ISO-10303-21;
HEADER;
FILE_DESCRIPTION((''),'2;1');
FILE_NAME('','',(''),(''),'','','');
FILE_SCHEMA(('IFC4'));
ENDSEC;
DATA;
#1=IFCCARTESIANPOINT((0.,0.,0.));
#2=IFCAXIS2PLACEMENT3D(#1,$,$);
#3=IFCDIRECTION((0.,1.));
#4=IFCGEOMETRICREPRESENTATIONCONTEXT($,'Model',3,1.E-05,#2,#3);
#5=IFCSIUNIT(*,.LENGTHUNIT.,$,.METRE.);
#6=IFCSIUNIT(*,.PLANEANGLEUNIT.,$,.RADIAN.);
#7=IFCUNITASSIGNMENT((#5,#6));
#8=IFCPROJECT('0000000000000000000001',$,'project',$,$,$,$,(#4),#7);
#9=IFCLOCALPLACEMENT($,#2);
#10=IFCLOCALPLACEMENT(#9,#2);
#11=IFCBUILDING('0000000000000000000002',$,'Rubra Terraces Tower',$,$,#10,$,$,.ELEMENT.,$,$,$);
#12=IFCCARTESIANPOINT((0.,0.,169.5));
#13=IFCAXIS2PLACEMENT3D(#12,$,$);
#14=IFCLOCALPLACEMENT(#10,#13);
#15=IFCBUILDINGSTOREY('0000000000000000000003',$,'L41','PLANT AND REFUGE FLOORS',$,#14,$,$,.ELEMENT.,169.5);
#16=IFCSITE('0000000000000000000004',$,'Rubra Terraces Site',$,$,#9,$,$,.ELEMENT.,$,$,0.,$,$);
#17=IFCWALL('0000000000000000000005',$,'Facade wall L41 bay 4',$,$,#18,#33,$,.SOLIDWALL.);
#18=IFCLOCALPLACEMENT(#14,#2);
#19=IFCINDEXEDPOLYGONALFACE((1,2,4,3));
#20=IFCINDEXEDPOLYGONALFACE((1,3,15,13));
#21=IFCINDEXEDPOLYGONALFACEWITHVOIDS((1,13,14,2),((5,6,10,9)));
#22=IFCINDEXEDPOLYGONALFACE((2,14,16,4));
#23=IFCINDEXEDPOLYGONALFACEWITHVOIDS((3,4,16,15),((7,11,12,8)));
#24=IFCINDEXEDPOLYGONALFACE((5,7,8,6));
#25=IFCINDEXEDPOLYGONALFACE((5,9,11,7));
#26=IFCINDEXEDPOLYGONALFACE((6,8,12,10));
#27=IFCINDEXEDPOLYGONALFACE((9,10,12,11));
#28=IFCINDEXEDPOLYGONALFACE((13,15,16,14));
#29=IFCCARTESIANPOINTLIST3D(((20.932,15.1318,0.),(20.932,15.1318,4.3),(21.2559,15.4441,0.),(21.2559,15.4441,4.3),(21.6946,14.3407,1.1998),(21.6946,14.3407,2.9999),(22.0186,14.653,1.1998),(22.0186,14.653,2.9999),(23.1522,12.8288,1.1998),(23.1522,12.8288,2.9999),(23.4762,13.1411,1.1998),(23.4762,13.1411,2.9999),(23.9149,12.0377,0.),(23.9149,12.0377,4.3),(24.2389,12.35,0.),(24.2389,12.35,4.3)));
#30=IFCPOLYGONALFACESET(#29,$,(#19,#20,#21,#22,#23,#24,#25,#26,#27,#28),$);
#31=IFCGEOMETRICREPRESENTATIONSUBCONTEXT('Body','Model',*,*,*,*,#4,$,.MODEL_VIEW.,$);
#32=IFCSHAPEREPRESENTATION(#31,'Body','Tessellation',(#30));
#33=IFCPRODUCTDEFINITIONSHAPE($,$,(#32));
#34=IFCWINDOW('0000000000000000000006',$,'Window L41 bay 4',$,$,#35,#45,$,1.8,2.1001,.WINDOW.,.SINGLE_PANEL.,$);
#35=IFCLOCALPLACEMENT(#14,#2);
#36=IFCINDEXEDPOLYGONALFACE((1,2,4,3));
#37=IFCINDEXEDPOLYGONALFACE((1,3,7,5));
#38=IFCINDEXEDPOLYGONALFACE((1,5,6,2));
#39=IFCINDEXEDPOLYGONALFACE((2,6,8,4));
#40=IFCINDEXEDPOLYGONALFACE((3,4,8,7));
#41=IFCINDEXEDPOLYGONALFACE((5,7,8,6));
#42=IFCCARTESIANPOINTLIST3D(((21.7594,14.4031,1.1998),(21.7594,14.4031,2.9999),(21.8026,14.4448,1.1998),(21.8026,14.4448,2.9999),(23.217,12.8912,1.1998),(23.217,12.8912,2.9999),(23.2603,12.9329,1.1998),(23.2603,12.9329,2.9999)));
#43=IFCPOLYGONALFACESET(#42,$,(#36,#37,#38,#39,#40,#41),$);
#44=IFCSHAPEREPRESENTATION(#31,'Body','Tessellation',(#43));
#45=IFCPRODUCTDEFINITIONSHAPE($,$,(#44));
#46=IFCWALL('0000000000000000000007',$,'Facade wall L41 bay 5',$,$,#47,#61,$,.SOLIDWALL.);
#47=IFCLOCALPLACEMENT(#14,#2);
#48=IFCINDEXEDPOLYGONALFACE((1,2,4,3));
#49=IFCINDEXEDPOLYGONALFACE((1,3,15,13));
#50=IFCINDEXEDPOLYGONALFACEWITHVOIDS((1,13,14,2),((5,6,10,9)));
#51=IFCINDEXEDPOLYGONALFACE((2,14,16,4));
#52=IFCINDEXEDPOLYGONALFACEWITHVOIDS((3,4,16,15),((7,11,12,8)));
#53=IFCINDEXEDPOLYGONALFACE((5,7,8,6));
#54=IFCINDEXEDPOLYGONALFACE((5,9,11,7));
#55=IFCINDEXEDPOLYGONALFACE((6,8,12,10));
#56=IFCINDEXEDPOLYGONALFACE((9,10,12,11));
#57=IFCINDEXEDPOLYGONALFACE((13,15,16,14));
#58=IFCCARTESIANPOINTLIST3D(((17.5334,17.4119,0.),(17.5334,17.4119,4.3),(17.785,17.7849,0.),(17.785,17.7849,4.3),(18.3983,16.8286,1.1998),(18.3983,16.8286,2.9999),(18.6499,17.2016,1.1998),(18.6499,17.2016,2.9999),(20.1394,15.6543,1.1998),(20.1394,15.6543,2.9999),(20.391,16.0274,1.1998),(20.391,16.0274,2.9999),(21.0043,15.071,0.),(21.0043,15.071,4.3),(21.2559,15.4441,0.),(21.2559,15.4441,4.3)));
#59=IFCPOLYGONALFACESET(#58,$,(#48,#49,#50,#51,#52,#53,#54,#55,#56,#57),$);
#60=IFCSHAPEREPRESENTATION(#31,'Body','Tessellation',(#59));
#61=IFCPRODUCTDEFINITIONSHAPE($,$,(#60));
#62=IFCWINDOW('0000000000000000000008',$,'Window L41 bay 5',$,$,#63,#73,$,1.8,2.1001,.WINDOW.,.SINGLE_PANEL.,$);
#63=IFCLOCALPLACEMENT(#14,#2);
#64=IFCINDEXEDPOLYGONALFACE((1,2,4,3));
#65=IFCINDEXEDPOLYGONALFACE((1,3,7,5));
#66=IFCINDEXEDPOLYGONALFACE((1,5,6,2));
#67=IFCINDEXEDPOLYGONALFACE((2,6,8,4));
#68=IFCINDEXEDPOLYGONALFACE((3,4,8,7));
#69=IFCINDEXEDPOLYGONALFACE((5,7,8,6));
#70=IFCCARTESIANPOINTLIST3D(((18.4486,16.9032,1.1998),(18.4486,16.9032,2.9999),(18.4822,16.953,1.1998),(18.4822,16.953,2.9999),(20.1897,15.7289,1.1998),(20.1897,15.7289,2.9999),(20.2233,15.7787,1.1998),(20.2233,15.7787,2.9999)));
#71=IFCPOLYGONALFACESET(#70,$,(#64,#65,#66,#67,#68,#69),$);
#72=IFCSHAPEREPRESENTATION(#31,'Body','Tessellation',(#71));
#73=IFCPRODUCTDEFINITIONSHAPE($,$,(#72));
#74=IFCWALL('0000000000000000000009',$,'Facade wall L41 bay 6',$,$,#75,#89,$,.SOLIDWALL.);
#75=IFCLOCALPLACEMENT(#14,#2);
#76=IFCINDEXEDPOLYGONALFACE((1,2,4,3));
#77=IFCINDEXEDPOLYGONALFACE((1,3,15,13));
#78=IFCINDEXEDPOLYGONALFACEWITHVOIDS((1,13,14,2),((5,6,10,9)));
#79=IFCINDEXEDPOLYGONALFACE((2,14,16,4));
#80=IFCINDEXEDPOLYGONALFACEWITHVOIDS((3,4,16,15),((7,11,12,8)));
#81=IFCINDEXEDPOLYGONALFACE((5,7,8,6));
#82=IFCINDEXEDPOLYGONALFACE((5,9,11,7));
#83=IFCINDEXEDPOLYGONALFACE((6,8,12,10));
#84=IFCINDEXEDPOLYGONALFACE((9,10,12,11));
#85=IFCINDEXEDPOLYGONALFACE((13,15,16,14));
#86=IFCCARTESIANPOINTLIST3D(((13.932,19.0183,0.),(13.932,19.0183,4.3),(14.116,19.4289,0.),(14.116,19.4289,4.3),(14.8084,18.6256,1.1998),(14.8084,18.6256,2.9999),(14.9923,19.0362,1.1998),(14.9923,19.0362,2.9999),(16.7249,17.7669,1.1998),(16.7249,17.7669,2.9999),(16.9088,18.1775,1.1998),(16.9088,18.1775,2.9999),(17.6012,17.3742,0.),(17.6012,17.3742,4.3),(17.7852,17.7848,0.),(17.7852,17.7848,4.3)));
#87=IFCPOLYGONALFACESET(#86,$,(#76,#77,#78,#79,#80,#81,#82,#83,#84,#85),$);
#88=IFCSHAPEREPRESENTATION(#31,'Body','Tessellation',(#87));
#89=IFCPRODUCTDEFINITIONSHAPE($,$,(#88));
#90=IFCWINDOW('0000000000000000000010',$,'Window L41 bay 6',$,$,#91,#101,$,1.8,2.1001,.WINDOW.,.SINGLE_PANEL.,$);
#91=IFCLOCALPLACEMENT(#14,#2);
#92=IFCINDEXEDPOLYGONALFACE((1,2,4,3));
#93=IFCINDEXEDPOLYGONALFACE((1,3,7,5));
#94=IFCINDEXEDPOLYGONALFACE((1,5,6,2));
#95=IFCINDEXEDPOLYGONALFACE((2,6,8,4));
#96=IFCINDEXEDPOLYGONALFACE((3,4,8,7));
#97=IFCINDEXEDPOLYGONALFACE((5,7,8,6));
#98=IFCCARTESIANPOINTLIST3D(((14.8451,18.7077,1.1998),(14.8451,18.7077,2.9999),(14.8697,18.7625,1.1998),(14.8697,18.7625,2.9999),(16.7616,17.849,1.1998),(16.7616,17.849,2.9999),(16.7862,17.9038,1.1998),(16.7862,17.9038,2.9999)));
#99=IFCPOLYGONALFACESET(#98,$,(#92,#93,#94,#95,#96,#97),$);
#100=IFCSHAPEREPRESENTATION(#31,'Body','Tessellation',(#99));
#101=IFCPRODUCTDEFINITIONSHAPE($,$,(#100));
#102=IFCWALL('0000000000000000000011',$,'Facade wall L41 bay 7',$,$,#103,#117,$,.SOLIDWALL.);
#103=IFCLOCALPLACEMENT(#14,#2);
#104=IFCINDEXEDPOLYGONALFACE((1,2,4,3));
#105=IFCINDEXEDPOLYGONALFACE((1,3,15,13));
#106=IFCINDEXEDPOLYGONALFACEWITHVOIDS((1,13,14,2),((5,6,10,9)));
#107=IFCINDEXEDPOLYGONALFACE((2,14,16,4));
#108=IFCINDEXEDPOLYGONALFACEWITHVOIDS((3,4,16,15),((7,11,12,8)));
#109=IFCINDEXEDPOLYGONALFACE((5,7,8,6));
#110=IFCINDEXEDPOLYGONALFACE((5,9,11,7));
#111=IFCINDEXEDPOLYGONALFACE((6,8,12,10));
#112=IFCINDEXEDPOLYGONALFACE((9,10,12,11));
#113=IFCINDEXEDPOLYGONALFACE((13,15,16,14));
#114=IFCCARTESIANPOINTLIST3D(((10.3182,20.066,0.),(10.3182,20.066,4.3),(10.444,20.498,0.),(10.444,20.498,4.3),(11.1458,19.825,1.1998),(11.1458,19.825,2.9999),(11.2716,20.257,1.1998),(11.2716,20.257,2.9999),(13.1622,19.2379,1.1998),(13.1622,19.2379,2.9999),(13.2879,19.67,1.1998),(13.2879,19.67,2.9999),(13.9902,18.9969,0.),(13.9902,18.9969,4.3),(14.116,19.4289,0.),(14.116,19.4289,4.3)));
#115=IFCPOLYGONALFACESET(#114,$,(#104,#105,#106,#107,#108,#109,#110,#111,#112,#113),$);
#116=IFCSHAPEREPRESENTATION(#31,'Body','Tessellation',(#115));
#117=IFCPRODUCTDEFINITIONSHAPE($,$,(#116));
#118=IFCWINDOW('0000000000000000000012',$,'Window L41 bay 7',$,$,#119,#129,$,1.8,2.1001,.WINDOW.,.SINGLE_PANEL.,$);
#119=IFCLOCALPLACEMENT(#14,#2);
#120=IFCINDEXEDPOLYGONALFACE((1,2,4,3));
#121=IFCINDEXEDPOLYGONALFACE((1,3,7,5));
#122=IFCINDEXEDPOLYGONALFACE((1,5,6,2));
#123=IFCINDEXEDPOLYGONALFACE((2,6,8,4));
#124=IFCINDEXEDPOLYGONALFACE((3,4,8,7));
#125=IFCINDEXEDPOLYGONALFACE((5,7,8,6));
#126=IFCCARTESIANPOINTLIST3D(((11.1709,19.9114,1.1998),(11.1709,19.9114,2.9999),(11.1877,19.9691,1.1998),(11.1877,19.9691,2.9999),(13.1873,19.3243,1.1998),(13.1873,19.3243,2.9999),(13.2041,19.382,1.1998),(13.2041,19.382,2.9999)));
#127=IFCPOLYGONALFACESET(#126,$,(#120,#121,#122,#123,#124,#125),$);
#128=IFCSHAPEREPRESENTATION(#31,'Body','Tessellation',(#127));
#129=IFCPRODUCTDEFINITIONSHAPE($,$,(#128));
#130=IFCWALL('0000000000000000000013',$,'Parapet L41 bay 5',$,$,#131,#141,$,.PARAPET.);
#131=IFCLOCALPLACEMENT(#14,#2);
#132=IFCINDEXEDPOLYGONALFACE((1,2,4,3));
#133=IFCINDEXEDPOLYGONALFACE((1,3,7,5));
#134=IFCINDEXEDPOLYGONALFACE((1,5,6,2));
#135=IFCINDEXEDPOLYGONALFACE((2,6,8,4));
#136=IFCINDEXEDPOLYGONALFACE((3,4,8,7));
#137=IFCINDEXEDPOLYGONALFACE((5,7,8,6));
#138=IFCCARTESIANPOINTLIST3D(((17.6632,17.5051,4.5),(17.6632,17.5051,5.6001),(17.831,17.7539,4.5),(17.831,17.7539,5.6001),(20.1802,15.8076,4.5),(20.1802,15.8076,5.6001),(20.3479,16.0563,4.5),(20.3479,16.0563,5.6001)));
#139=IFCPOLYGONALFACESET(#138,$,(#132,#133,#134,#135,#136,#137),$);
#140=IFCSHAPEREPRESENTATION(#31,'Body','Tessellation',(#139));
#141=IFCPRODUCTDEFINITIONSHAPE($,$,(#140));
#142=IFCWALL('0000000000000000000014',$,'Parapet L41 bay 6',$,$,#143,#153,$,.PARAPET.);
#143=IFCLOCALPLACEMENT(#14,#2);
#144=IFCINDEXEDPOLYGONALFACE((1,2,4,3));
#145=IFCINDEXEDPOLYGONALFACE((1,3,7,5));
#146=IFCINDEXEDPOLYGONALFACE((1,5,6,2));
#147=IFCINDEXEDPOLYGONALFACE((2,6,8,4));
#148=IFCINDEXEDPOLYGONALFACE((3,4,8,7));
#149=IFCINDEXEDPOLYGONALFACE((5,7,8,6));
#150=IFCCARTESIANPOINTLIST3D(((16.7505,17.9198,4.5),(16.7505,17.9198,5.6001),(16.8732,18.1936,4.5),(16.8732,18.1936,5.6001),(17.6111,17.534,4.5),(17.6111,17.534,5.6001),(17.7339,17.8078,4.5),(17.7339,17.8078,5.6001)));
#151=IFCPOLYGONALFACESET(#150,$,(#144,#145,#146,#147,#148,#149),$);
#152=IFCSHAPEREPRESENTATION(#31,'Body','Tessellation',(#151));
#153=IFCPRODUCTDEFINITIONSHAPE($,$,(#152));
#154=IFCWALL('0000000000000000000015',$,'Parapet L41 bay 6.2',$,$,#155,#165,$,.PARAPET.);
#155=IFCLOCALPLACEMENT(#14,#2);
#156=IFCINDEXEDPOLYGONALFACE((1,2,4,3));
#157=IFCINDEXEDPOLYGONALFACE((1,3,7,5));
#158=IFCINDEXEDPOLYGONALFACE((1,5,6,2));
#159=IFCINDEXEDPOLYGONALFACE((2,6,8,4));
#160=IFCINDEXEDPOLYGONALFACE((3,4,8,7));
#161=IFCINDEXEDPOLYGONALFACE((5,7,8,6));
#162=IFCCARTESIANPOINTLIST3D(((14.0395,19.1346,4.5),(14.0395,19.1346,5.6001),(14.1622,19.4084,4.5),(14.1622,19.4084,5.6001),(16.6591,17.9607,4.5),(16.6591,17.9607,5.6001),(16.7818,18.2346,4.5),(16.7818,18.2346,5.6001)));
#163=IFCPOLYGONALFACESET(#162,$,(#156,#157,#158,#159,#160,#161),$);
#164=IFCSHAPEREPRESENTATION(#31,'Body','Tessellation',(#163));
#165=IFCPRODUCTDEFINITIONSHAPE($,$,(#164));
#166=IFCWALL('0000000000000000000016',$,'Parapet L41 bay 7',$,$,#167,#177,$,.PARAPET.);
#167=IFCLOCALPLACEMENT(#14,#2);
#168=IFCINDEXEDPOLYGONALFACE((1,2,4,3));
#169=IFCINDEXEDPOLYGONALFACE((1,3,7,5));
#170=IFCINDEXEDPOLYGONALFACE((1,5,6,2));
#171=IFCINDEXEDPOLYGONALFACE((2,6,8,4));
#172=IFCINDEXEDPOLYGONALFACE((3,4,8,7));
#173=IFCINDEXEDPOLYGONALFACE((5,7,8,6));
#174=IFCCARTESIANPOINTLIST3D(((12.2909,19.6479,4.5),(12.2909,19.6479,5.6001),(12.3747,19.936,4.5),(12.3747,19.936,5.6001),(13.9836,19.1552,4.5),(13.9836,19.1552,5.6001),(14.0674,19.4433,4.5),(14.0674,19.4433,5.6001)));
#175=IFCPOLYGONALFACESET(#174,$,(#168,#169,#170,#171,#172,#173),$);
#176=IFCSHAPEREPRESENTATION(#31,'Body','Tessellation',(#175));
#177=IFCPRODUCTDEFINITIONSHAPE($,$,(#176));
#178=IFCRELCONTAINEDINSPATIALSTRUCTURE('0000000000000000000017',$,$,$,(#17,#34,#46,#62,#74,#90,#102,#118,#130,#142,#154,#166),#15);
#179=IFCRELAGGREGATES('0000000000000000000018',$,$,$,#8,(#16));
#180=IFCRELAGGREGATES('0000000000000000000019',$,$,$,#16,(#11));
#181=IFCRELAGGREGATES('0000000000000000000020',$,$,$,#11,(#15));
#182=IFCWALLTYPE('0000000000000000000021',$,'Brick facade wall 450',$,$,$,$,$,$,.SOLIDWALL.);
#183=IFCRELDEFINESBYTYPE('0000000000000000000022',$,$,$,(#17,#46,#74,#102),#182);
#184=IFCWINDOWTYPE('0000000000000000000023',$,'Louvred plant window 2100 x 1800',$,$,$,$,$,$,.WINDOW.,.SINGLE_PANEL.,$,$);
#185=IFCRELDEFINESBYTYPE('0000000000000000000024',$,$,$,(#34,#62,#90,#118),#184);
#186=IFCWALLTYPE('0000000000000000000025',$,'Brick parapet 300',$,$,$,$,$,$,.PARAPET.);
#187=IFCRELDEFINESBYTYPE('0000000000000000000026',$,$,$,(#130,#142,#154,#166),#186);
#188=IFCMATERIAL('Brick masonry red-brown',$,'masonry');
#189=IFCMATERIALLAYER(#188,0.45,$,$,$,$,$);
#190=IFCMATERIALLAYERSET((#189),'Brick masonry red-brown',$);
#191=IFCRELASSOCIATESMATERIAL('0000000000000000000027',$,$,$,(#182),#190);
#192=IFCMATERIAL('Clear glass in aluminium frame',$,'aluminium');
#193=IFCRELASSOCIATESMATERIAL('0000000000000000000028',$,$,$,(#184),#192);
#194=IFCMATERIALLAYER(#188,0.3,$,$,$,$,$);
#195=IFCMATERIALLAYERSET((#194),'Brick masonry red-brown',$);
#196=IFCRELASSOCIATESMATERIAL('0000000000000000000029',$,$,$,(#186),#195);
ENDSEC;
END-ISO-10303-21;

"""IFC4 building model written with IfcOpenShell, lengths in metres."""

from ifc_helpers import new_model, si_unit, direction, frame, frame_2d, origin, place, context, subcontext, project, spatial, rectangle, extrude, material, layer, layer_set, type_object, element, fill, save


model = new_model("IFC4")

# Units and contexts
model_context = context("Model", 3, precision=1e-05, world=origin(), true_north=direction((0.0, 1.0)))
body_context = subcontext(model_context, "Body", "Model", "MODEL_VIEW")
ifc_project = project(units=[si_unit("LENGTHUNIT", "METRE"), si_unit("PLANEANGLEUNIT", "RADIAN")], contexts=[model_context])

# Site, building, storey
site_placement = place(None, origin())
site = spatial("IfcSite", under=ifc_project, at=site_placement, Name="Rubra Terraces Site", CompositionType="ELEMENT", RefElevation=0.0)
building_placement = place(site_placement, origin())
building = spatial("IfcBuilding", under=site, at=building_placement, Name="Rubra Terraces Tower", CompositionType="ELEMENT")
storey_placement = place(building_placement, frame((0.0, 0.0, 169.5)))
storey = spatial("IfcBuildingStorey", under=building, at=storey_placement, Name="L41", Description="PLANT AND REFUGE FLOORS", CompositionType="ELEMENT", Elevation=169.5)

# Walls, openings, windows
ifc_material_1 = material(Name="Brick masonry red-brown", Category="masonry")
ifc_layer_1 = layer(ifc_material_1, 0.45)
ifc_layer_set_1 = layer_set([ifc_layer_1], Name="Brick masonry red-brown")
wall_type_1 = type_object("IfcWallType", Name="Brick facade wall 450", PredefinedType="SOLIDWALL", material=ifc_layer_set_1)
wall_1_placement = place(storey_placement, frame((24.0769, 12.1938, 0.0), z_axis=(0.0, 0.0, 1.0), x_axis=(-0.694065, 0.719912, 0.0)))
wall_1 = element("IfcWall", 1, at=wall_1_placement, inside=storey, type_object=wall_type_1, Name="Facade wall L41 bay 4", PredefinedType="SOLIDWALL", context=body_context, shape_type="SweptSolid", body=[
    extrude(rectangle(XDim=4.2979, YDim=0.45, at=frame_2d((2.1489, 0.0))), origin(), (0.0, 0.0, 1.0), 4.3),
])
opening_1_placement = place(wall_1_placement, frame((1.0989, 0.0, 1.2)))
opening_1 = element("IfcOpeningElement", 2, at=opening_1_placement, cuts=wall_1, PredefinedType="OPENING", context=body_context, shape_type="SweptSolid", body=[
    extrude(rectangle(XDim=2.1001, YDim=1.8, at=frame_2d((1.05, 0.8999))), frame((0.0, 0.2349, 0.0), z_axis=(0.0, -1.0, 0.0), x_axis=(1.0, 0.0, 0.0)), (0.0, 0.0, 1.0), 0.47),
])
ifc_material_2 = material(Name="Clear glass in aluminium frame", Category="aluminium")
window_type = type_object("IfcWindowType", Name="Louvred plant window 2100 x 1800", PartitioningType="SINGLE_PANEL", PredefinedType="WINDOW", material=ifc_material_2)
window_1_placement = place(opening_1_placement, origin())
window_1 = element("IfcWindow", 3, at=window_1_placement, inside=storey, type_object=window_type, Name="Window L41 bay 4", OverallHeight=1.8, OverallWidth=2.1001, PartitioningType="SINGLE_PANEL", PredefinedType="WINDOW", context=body_context, shape_type="SweptSolid", body=[
    extrude(rectangle(XDim=2.1001, YDim=1.8, at=frame_2d((1.05, 0.8999))), frame((0.0, 0.135, 0.0), z_axis=(0.0, -1.0, 0.0), x_axis=(1.0, 0.0, 0.0)), (0.0, 0.0, 1.0), 0.0601),
])
fill(opening_1, window_1)
wall_2_placement = place(storey_placement, frame((21.1301, 15.2576, 0.0), z_axis=(0.0, 0.0, 1.0), x_axis=(-0.829078, 0.559133, 0.0)))
wall_2 = element("IfcWall", 4, at=wall_2_placement, inside=storey, type_object=wall_type_1, Name="Facade wall L41 bay 5", PredefinedType="SOLIDWALL", context=body_context, shape_type="SweptSolid", body=[
    extrude(rectangle(XDim=4.1865, YDim=0.45, at=frame_2d((2.0933, 0.0))), origin(), (0.0, 0.0, 1.0), 4.3),
])
opening_2_placement = place(wall_2_placement, frame((1.0432, 0.0, 1.2)))
opening_2 = element("IfcOpeningElement", 5, at=opening_2_placement, cuts=wall_2, PredefinedType="OPENING", context=body_context, shape_type="SweptSolid", body=[
    extrude(rectangle(XDim=2.1001, YDim=1.8, at=frame_2d((1.05, 0.8999))), frame((0.0, 0.2349, 0.0), z_axis=(0.0, -1.0, 0.0), x_axis=(1.0, 0.0, 0.0)), (0.0, 0.0, 1.0), 0.47),
])
window_2_placement = place(opening_2_placement, origin())
window_2 = element("IfcWindow", 6, at=window_2_placement, inside=storey, type_object=window_type, Name="Window L41 bay 5", OverallHeight=1.8, OverallWidth=2.1001, PartitioningType="SINGLE_PANEL", PredefinedType="WINDOW", context=body_context, shape_type="SweptSolid", body=[
    extrude(rectangle(XDim=2.1001, YDim=1.8, at=frame_2d((1.05, 0.8999))), frame((0.0, 0.135, 0.0), z_axis=(0.0, -1.0, 0.0), x_axis=(1.0, 0.0, 0.0)), (0.0, 0.0, 1.0), 0.0601),
])
fill(opening_2, window_2)
wall_3_placement = place(storey_placement, frame((17.6931, 17.5796, 0.0), z_axis=(0.0, 0.0, 1.0), x_axis=(-0.91258, 0.408897, 0.0)))
wall_3 = element("IfcWall", 7, at=wall_3_placement, inside=storey, type_object=wall_type_1, Name="Facade wall L41 bay 6", PredefinedType="SOLIDWALL", context=body_context, shape_type="SweptSolid", body=[
    extrude(rectangle(XDim=4.0208, YDim=0.45, at=frame_2d((2.0103, 0.0))), origin(), (0.0, 0.0, 1.0), 4.3),
])
opening_3_placement = place(wall_3_placement, frame((0.9602, 0.0, 1.2)))
opening_3 = element("IfcOpeningElement", 8, at=opening_3_placement, cuts=wall_3, PredefinedType="OPENING", context=body_context, shape_type="SweptSolid", body=[
    extrude(rectangle(XDim=2.1001, YDim=1.8, at=frame_2d((1.05, 0.8999))), frame((0.0, 0.2349, 0.0), z_axis=(0.0, -1.0, 0.0), x_axis=(1.0, 0.0, 0.0)), (0.0, 0.0, 1.0), 0.47),
])
window_3_placement = place(opening_3_placement, origin())
window_3 = element("IfcWindow", 9, at=window_3_placement, inside=storey, type_object=window_type, Name="Window L41 bay 6", OverallHeight=1.8, OverallWidth=2.1001, PartitioningType="SINGLE_PANEL", PredefinedType="WINDOW", context=body_context, shape_type="SweptSolid", body=[
    extrude(rectangle(XDim=2.1001, YDim=1.8, at=frame_2d((1.05, 0.8999))), frame((0.0, 0.135, 0.0), z_axis=(0.0, -1.0, 0.0), x_axis=(1.0, 0.0, 0.0)), (0.0, 0.0, 1.0), 0.0601),
])
fill(opening_3, window_3)
wall_4_placement = place(storey_placement, frame((14.053, 19.2129, 0.0), z_axis=(0.0, 0.0, 1.0), x_axis=(-0.960131, 0.279549, 0.0)))
wall_4 = element("IfcWall", 10, at=wall_4_placement, inside=storey, type_object=wall_type_1, Name="Facade wall L41 bay 7", PredefinedType="SOLIDWALL", context=body_context, shape_type="SweptSolid", body=[
    extrude(rectangle(XDim=3.8245, YDim=0.45, at=frame_2d((1.9121, 0.0))), origin(), (0.0, 0.0, 1.0), 4.3),
])
opening_4_placement = place(wall_4_placement, frame((0.8623, 0.0, 1.2)))
opening_4 = element("IfcOpeningElement", 11, at=opening_4_placement, cuts=wall_4, PredefinedType="OPENING", context=body_context, shape_type="SweptSolid", body=[
    extrude(rectangle(XDim=2.1001, YDim=1.8, at=frame_2d((1.05, 0.8999))), frame((0.0, 0.2349, 0.0), z_axis=(0.0, -1.0, 0.0), x_axis=(1.0, 0.0, 0.0)), (0.0, 0.0, 1.0), 0.47),
])
window_4_placement = place(opening_4_placement, origin())
window_4 = element("IfcWindow", 12, at=window_4_placement, inside=storey, type_object=window_type, Name="Window L41 bay 7", OverallHeight=1.8, OverallWidth=2.1001, PartitioningType="SINGLE_PANEL", PredefinedType="WINDOW", context=body_context, shape_type="SweptSolid", body=[
    extrude(rectangle(XDim=2.1001, YDim=1.8, at=frame_2d((1.05, 0.8999))), frame((0.0, 0.135, 0.0), z_axis=(0.0, -1.0, 0.0), x_axis=(1.0, 0.0, 0.0)), (0.0, 0.0, 1.0), 0.0601),
])
fill(opening_4, window_4)

# Walls
ifc_layer_2 = layer(ifc_material_1, 0.3)
ifc_layer_set_2 = layer_set([ifc_layer_2], Name="Brick masonry red-brown")
wall_type_2 = type_object("IfcWallType", Name="Brick parapet 300", PredefinedType="PARAPET", material=ifc_layer_set_2)
wall_5_placement = place(storey_placement, frame((20.2642, 15.9319, 4.5), z_axis=(0.0, 0.0, 1.0), x_axis=(-0.829057, 0.559165, 0.0)))
element("IfcWall", 13, at=wall_5_placement, inside=storey, type_object=wall_type_2, Name="Parapet L41 bay 5", PredefinedType="PARAPET", context=body_context, shape_type="SweptSolid", body=[
    extrude(rectangle(XDim=3.0359, YDim=0.3, at=frame_2d((1.5181, 0.0))), origin(), (0.0, 0.0, 1.0), 1.1001),
])
wall_6_placement = place(storey_placement, frame((17.6726, 17.6709, 4.5), z_axis=(0.0, 0.0, 1.0), x_axis=(-0.912526, 0.409019, 0.0)))
element("IfcWall", 14, at=wall_6_placement, inside=storey, type_object=wall_type_2, Name="Parapet L41 bay 6", PredefinedType="PARAPET", context=body_context, shape_type="SweptSolid", body=[
    extrude(rectangle(XDim=0.9431, YDim=0.3, at=frame_2d((0.4717, 0.0))), origin(), (0.0, 0.0, 1.0), 1.1001),
])
wall_7_placement = place(storey_placement, frame((16.7205, 18.0977, 4.5), z_axis=(0.0, 0.0, 1.0), x_axis=(-0.912573, 0.408914, 0.0)))
element("IfcWall", 15, at=wall_7_placement, inside=storey, type_object=wall_type_2, Name="Parapet L41 bay 6.2", PredefinedType="PARAPET", context=body_context, shape_type="SweptSolid", body=[
    extrude(rectangle(XDim=2.8706, YDim=0.3, at=frame_2d((1.4353, 0.0))), origin(), (0.0, 0.0, 1.0), 1.1001),
])
wall_8_placement = place(storey_placement, frame((14.0254, 19.2993, 4.5), z_axis=(0.0, 0.0, 1.0), x_axis=(-0.960153, 0.279473, 0.0)))
element("IfcWall", 16, at=wall_8_placement, inside=storey, type_object=wall_type_2, Name="Parapet L41 bay 7", PredefinedType="PARAPET", context=body_context, shape_type="SweptSolid", body=[
    extrude(rectangle(XDim=1.7629, YDim=0.3, at=frame_2d((0.8813, 0.0))), origin(), (0.0, 0.0, 1.0), 1.1001),
])

save(model, "model.ifc")
